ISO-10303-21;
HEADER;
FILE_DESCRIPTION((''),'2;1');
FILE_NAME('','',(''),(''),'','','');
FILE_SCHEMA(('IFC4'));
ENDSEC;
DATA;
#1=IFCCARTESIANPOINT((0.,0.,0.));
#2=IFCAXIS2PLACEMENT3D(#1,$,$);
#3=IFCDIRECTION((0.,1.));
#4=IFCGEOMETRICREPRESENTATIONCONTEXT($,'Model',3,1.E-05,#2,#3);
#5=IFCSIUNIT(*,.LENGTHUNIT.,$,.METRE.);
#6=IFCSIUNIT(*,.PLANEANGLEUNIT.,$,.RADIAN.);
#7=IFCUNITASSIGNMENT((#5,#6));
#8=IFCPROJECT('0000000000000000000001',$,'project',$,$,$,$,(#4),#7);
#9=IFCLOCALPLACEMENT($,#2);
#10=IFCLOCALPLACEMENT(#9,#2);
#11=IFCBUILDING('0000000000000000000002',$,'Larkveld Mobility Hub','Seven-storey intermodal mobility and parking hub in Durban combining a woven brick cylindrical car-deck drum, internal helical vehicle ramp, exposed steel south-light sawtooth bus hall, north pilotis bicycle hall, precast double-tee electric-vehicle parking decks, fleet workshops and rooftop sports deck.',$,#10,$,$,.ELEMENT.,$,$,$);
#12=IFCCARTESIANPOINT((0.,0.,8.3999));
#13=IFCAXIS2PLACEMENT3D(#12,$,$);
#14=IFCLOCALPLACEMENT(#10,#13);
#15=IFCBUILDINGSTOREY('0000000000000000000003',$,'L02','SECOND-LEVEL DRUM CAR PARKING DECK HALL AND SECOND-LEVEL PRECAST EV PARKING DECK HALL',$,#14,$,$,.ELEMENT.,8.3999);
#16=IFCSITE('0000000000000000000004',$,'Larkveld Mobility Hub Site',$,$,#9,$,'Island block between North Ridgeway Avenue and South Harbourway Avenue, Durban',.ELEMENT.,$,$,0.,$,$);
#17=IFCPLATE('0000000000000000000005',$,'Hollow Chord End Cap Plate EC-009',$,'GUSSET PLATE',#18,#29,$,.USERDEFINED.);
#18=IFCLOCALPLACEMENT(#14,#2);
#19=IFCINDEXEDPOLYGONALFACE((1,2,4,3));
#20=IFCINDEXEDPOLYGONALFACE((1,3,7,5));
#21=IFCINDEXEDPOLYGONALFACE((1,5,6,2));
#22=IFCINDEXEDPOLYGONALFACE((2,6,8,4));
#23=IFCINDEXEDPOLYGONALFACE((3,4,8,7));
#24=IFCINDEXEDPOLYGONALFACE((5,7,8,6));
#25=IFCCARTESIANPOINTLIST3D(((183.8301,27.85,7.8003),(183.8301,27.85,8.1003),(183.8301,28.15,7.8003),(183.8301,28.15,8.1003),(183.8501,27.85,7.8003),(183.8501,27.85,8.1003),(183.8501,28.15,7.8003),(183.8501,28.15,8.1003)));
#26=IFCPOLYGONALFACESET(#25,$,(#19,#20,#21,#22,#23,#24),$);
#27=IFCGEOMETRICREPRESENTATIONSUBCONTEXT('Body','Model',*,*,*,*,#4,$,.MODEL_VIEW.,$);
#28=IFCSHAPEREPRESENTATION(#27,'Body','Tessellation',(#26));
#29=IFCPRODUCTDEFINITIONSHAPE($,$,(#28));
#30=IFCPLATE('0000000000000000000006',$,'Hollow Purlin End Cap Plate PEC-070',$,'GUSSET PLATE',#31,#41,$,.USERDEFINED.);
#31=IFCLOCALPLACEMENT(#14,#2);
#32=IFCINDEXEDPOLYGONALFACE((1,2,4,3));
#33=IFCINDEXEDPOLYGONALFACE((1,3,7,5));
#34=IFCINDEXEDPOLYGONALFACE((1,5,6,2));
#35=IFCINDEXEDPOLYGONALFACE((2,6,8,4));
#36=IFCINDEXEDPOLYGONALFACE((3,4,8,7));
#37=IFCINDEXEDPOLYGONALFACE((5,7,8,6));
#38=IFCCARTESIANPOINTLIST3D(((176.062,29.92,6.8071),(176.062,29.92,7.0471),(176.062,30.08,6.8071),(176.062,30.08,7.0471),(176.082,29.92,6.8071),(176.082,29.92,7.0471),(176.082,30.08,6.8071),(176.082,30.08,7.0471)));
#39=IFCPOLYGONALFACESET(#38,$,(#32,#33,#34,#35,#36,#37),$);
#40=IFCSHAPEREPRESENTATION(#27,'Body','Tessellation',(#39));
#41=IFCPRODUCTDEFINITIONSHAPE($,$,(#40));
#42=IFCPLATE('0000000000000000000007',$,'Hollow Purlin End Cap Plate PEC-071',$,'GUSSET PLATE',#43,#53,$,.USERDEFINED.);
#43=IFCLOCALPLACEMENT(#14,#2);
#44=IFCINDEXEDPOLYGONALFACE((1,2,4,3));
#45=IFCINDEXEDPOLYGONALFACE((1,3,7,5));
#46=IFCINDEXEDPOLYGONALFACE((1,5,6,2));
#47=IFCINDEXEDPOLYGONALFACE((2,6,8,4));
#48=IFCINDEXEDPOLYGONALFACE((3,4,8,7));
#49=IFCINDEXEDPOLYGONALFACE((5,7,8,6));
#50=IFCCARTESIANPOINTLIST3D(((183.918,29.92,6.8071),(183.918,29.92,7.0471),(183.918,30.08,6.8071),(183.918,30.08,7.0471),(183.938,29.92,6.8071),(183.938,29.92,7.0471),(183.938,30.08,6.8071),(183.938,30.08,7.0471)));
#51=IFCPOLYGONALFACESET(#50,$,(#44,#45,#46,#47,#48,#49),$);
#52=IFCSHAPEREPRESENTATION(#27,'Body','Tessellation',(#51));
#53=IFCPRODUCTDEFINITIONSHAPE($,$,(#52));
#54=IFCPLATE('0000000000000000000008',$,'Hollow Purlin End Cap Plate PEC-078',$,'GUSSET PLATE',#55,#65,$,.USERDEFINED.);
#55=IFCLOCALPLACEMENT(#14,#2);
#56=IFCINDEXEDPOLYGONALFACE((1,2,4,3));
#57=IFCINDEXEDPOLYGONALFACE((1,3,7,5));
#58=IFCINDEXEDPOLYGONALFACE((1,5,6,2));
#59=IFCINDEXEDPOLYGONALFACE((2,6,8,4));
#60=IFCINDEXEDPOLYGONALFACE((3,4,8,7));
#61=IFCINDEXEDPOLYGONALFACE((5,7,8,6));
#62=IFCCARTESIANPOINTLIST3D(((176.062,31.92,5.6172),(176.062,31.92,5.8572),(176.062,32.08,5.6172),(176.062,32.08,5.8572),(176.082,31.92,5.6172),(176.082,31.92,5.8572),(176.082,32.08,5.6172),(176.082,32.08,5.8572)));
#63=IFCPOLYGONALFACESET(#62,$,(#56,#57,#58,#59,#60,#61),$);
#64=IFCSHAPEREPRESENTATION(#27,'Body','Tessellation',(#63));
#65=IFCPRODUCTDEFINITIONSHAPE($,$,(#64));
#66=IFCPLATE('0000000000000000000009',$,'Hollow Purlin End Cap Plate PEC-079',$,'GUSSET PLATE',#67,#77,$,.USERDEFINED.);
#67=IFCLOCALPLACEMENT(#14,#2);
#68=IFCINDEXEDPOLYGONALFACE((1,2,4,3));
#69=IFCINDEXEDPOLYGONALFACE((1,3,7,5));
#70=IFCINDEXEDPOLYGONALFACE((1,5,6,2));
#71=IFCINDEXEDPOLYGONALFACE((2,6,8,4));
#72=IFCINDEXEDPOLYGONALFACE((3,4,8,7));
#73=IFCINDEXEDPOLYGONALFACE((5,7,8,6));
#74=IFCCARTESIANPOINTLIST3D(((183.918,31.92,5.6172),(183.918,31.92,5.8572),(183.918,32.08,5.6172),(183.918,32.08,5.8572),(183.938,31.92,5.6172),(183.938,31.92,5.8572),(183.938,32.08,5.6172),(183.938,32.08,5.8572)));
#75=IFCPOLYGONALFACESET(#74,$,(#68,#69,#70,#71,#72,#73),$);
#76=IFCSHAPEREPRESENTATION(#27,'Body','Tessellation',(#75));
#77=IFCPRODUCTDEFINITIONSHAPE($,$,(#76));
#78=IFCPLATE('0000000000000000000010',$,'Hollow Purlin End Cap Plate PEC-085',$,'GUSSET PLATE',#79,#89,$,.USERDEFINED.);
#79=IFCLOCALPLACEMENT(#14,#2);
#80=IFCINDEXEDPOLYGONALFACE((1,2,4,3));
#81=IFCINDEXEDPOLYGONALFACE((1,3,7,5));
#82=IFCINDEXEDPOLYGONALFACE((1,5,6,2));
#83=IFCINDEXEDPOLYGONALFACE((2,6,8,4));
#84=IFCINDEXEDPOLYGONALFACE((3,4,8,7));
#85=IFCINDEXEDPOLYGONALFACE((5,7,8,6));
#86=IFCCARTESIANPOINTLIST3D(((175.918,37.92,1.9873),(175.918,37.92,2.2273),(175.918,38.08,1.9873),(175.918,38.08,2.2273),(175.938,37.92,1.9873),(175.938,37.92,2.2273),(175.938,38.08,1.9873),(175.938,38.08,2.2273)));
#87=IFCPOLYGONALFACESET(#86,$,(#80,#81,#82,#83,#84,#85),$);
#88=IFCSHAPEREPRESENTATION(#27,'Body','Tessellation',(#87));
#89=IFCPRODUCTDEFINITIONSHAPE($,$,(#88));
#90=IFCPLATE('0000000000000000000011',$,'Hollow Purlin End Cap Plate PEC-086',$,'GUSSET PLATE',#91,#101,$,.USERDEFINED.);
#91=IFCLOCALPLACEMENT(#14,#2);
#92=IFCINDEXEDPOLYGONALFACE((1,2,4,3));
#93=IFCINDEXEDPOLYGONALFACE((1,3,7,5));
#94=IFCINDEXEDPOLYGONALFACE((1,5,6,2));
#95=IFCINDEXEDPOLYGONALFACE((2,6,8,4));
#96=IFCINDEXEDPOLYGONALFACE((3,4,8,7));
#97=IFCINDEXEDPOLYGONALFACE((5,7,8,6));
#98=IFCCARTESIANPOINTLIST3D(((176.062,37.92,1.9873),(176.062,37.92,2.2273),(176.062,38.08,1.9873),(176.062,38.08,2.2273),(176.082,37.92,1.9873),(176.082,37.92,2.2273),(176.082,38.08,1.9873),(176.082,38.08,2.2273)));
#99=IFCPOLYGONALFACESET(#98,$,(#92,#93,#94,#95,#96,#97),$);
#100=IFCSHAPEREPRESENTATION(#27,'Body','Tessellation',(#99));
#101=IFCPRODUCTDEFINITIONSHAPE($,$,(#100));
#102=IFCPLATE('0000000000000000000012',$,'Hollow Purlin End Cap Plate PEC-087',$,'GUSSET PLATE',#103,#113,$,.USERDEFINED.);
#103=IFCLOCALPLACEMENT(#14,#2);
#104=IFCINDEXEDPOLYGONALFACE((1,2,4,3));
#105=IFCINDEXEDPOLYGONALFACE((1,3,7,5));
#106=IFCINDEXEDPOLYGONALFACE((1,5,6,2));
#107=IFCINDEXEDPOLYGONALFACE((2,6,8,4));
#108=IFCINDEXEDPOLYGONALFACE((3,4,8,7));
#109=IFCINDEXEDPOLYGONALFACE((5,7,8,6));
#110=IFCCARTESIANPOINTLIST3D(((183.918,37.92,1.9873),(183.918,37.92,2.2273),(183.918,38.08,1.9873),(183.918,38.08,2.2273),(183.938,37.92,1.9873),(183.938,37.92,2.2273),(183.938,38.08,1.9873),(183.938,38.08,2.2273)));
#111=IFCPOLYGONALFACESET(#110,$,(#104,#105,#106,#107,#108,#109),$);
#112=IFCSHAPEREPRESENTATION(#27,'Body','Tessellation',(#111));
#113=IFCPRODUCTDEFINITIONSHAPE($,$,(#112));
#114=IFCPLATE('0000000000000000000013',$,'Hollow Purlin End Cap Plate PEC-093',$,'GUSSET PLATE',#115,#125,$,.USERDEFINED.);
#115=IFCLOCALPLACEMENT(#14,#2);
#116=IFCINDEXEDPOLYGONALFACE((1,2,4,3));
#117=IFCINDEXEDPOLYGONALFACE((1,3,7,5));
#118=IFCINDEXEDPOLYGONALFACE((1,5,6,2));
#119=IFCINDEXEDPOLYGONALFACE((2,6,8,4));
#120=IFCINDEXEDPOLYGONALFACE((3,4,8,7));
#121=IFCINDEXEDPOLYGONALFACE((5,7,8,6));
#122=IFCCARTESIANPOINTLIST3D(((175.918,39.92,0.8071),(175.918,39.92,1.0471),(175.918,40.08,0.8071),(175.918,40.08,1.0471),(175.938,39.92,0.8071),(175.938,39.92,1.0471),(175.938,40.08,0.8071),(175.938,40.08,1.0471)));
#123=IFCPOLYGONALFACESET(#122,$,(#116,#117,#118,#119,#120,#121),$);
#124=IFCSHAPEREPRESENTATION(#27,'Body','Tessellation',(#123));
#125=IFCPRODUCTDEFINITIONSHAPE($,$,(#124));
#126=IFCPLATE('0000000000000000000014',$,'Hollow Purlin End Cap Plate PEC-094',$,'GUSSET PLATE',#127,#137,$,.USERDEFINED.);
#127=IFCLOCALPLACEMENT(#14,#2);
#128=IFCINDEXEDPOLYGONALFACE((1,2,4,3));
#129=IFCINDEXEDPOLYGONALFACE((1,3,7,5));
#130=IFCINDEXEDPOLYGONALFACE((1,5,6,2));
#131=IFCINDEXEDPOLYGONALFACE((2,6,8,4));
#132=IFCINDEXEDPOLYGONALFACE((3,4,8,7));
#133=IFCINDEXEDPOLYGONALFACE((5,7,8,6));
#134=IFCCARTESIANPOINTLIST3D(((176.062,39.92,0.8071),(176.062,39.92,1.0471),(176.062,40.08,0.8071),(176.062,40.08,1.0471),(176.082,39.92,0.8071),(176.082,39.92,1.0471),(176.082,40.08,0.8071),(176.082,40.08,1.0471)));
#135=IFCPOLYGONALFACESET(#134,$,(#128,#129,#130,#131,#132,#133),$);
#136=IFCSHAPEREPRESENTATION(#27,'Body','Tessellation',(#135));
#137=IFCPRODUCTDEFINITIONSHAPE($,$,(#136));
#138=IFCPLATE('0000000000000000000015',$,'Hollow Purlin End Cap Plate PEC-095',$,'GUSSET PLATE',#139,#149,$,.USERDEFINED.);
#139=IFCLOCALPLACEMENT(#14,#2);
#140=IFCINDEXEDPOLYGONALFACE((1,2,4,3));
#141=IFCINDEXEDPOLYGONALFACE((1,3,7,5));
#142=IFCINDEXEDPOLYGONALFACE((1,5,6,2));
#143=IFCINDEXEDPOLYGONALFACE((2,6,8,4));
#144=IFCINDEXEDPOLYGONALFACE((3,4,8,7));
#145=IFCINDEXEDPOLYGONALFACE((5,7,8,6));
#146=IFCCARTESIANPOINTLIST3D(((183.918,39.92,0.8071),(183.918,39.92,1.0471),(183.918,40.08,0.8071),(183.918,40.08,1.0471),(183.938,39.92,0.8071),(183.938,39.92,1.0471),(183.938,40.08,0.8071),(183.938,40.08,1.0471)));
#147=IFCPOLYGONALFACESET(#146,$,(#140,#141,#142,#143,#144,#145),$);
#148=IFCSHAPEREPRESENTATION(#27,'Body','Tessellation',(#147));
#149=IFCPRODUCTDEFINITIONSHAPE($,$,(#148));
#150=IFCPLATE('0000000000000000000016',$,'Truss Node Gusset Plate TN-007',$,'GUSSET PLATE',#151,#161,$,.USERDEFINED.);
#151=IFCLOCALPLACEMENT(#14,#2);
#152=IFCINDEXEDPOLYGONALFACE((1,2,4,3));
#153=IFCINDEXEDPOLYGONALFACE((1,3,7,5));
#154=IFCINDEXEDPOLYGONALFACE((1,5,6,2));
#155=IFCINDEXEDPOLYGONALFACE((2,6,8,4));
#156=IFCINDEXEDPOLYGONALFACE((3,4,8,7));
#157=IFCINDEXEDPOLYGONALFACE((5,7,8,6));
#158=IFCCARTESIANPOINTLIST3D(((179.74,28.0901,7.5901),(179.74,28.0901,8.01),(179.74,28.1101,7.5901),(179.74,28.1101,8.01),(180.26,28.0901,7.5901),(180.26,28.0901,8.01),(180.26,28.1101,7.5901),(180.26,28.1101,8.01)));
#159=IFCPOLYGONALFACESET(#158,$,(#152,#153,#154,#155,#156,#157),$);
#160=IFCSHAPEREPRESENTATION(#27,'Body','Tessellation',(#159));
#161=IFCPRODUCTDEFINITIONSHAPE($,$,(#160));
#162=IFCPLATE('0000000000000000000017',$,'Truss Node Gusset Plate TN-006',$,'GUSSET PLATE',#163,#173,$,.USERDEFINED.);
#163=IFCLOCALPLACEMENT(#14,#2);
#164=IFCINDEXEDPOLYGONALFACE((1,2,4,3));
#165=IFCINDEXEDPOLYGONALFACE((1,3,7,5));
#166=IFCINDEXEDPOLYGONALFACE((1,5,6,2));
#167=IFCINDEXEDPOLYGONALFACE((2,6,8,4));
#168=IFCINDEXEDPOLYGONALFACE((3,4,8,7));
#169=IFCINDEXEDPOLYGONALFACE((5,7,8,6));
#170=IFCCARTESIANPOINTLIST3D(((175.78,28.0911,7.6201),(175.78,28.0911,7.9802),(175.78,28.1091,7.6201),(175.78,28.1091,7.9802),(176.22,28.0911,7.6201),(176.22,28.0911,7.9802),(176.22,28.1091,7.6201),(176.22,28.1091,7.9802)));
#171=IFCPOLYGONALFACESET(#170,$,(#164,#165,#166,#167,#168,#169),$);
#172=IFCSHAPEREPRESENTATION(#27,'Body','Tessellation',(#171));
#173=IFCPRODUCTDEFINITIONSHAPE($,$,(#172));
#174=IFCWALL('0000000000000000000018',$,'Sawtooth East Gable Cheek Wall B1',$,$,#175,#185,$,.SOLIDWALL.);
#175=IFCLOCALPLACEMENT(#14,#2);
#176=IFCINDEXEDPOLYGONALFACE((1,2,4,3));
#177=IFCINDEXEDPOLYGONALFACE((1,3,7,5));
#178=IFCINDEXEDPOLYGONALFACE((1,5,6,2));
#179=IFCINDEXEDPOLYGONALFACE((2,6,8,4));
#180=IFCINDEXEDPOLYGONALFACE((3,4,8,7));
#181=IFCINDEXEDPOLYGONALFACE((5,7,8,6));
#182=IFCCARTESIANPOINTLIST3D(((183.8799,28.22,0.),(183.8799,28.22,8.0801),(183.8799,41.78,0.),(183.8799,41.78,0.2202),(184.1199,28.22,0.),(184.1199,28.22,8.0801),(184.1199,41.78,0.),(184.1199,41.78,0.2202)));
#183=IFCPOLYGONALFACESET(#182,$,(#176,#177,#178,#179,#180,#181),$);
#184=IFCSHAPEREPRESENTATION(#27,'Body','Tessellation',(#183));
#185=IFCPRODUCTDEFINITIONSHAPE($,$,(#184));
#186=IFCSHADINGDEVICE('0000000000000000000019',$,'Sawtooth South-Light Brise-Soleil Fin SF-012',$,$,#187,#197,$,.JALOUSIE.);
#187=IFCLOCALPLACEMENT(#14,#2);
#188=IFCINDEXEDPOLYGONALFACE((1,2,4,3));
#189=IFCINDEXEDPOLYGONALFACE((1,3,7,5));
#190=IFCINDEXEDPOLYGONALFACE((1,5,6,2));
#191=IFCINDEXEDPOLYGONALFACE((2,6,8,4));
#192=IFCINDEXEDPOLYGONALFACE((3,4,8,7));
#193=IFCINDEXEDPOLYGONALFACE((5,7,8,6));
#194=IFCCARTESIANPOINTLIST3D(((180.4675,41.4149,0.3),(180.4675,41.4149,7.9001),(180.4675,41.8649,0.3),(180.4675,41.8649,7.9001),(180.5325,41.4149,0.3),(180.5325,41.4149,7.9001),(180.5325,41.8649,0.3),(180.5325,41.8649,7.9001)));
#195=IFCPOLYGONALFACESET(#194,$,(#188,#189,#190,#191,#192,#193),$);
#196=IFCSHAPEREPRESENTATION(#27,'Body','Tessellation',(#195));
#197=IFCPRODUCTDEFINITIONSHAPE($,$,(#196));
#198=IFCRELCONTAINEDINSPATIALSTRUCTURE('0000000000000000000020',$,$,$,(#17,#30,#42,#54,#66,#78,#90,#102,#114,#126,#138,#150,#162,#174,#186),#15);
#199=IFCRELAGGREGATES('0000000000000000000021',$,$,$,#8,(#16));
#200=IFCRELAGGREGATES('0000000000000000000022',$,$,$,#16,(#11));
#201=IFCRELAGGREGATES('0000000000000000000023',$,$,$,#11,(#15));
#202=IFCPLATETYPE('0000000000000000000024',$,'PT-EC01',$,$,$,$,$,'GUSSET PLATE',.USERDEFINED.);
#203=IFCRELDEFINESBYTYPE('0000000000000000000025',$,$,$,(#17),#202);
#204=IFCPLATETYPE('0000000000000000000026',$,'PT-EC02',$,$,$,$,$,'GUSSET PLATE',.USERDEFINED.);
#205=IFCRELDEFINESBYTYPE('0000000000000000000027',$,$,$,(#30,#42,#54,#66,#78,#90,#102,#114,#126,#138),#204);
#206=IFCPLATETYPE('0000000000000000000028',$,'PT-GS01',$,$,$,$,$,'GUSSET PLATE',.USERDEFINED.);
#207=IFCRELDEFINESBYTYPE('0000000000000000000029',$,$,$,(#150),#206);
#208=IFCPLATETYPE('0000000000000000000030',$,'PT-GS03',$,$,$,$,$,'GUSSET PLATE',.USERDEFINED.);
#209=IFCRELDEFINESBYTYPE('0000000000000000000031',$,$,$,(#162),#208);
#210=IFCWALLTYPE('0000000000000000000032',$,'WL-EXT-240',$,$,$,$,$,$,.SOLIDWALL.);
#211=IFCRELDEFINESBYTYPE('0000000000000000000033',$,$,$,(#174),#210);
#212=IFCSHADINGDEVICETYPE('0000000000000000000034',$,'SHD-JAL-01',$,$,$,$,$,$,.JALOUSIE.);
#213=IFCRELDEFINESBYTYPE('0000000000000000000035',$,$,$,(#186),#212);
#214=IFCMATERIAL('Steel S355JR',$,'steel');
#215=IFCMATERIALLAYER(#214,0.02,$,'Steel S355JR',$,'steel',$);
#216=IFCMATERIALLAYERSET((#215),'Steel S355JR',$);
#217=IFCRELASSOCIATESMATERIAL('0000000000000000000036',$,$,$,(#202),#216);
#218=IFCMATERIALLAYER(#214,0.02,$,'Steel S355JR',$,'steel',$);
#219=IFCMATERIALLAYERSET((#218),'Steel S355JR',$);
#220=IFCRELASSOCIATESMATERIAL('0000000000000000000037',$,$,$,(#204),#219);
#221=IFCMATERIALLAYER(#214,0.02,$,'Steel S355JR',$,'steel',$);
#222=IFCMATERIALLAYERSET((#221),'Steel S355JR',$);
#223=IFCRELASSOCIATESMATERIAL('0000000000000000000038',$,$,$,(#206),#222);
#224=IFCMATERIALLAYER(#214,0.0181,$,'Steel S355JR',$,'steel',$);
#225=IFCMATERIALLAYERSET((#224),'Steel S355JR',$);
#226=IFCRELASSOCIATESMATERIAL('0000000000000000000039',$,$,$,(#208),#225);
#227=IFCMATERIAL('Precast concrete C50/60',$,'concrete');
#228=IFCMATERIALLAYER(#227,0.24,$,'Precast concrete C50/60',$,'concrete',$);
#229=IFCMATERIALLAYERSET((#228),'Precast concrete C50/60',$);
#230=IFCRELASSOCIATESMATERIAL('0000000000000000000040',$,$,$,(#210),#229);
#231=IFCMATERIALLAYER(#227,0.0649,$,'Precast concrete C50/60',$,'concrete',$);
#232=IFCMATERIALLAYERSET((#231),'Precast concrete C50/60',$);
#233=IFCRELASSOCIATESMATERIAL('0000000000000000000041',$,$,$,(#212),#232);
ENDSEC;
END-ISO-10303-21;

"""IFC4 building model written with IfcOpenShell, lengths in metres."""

from ifc_helpers import new_model, si_unit, direction, frame, origin, origin_2d, place, context, subcontext, project, spatial, polyline, rectangle, outline, extrude, material, layer, layer_set, type_object, element, save


model = new_model("IFC4")

# Units and contexts
model_context = context("Model", 3, precision=1e-05, world=origin(), true_north=direction((0.0, 1.0)))
body_context = subcontext(model_context, "Body", "Model", "MODEL_VIEW")
ifc_project = project(units=[si_unit("LENGTHUNIT", "METRE"), si_unit("PLANEANGLEUNIT", "RADIAN")], contexts=[model_context])

# Site, building, storey
site_placement = place(None, origin())
site = spatial("IfcSite", under=ifc_project, at=site_placement, Name="Larkveld Mobility Hub Site", LongName="Island block between North Ridgeway Avenue and South Harbourway Avenue, Durban", CompositionType="ELEMENT", RefElevation=0.0)
building_placement = place(site_placement, origin())
building = spatial("IfcBuilding", under=site, at=building_placement, Name="Larkveld Mobility Hub", Description="Seven-storey intermodal mobility and parking hub in Durban combining a woven brick cylindrical car-deck drum, internal helical vehicle ramp, exposed steel south-light sawtooth bus hall, north pilotis bicycle hall, precast double-tee electric-vehicle parking decks, fleet workshops and rooftop sports deck.", CompositionType="ELEMENT")
storey_placement = place(building_placement, frame((0.0, 0.0, 8.3999)))
storey = spatial("IfcBuildingStorey", under=building, at=storey_placement, Name="L02", Description="SECOND-LEVEL DRUM CAR PARKING DECK HALL AND SECOND-LEVEL PRECAST EV PARKING DECK HALL", CompositionType="ELEMENT", Elevation=8.3999)

# Shared definitions
ifc_material_1 = material(Name="Steel S355JR", Category="steel")

# Plates
ifc_layer_1 = layer(ifc_material_1, 0.02, Name="Steel S355JR", Category="steel")
ifc_layer_set_1 = layer_set([ifc_layer_1], Name="Steel S355JR")
plate_type_1 = type_object("IfcPlateType", Name="PT-EC01", ElementType="GUSSET PLATE", PredefinedType="USERDEFINED", material=ifc_layer_set_1)
plate_1_placement = place(storey_placement, frame((183.8401, 28.0, 7.8003), z_axis=(0.0, 0.0, 1.0), x_axis=(1.0, 0.0, 0.0)))
element("IfcPlate", 1, at=plate_1_placement, inside=storey, type_object=plate_type_1, Name="Hollow Chord End Cap Plate EC-009", ObjectType="GUSSET PLATE", PredefinedType="USERDEFINED", context=body_context, shape_type="SweptSolid", body=[
    extrude(rectangle(XDim=0.02, YDim=0.3, at=origin_2d()), origin(), (0.0, 0.0, 1.0), 0.3),
])
ifc_layer_2 = layer(ifc_material_1, 0.02, Name="Steel S355JR", Category="steel")
ifc_layer_set_2 = layer_set([ifc_layer_2], Name="Steel S355JR")
plate_type_2 = type_object("IfcPlateType", Name="PT-EC02", ElementType="GUSSET PLATE", PredefinedType="USERDEFINED", material=ifc_layer_set_2)
for number, where, z_axis, x_axis, name in (
    (2, (176.072, 30.0, 6.8071), (0.0, 0.0, 1.0), (1.0, 0.0, 0.0), "Hollow Purlin End Cap Plate PEC-070"),
    (3, (183.928, 30.0, 6.8071), (0.0, 0.0, 1.0), (1.0, 0.0, 0.0), "Hollow Purlin End Cap Plate PEC-071"),
    (4, (176.072, 32.0, 5.6172), (0.0, 0.0, 1.0), (1.0, 0.0, 0.0), "Hollow Purlin End Cap Plate PEC-078"),
    (5, (183.928, 32.0, 5.6172), (0.0, 0.0, 1.0), (1.0, 0.0, 0.0), "Hollow Purlin End Cap Plate PEC-079"),
    (6, (175.928, 38.0, 1.9873), (0.0, 0.0, 1.0), (1.0, 0.0, 0.0), "Hollow Purlin End Cap Plate PEC-085"),
    (7, (176.072, 38.0, 1.9873), (0.0, 0.0, 1.0), (1.0, 0.0, 0.0), "Hollow Purlin End Cap Plate PEC-086"),
    (8, (183.928, 38.0, 1.9873), (0.0, 0.0, 1.0), (1.0, 0.0, 0.0), "Hollow Purlin End Cap Plate PEC-087"),
    (9, (175.928, 40.0, 0.8071), (0.0, 0.0, 1.0), (1.0, 0.0, 0.0), "Hollow Purlin End Cap Plate PEC-093"),
    (10, (176.072, 40.0, 0.8071), (0.0, 0.0, 1.0), (1.0, 0.0, 0.0), "Hollow Purlin End Cap Plate PEC-094"),
    (11, (183.928, 40.0, 0.8071), (0.0, 0.0, 1.0), (1.0, 0.0, 0.0), "Hollow Purlin End Cap Plate PEC-095"),
):
    element("IfcPlate", number, at=place(storey_placement, frame(where, z_axis=z_axis, x_axis=x_axis)), inside=storey, type_object=plate_type_2, Name=name, ObjectType="GUSSET PLATE", PredefinedType="USERDEFINED", context=body_context, shape_type="SweptSolid", body=[
        extrude(rectangle(XDim=0.02, YDim=0.1599, at=origin_2d()), origin(), (0.0, 0.0, 1.0), 0.24),
    ])
ifc_layer_3 = layer(ifc_material_1, 0.02, Name="Steel S355JR", Category="steel")
ifc_layer_set_3 = layer_set([ifc_layer_3], Name="Steel S355JR")
plate_type_3 = type_object("IfcPlateType", Name="PT-GS01", ElementType="GUSSET PLATE", PredefinedType="USERDEFINED", material=ifc_layer_set_3)
plate_2_placement = place(storey_placement, frame((180.0, 28.1001, 7.5901), z_axis=(0.0, 0.0, 1.0), x_axis=(1.0, 0.0, 0.0)))
element("IfcPlate", 12, at=plate_2_placement, inside=storey, type_object=plate_type_3, Name="Truss Node Gusset Plate TN-007", ObjectType="GUSSET PLATE", PredefinedType="USERDEFINED", context=body_context, shape_type="SweptSolid", body=[
    extrude(rectangle(XDim=0.52, YDim=0.02, at=origin_2d()), origin(), (0.0, 0.0, 1.0), 0.4199),
])
ifc_layer_4 = layer(ifc_material_1, 0.0181, Name="Steel S355JR", Category="steel")
ifc_layer_set_4 = layer_set([ifc_layer_4], Name="Steel S355JR")
plate_type_4 = type_object("IfcPlateType", Name="PT-GS03", ElementType="GUSSET PLATE", PredefinedType="USERDEFINED", material=ifc_layer_set_4)
plate_3_placement = place(storey_placement, frame((176.0, 28.1001, 7.6201), z_axis=(0.0, 0.0, 1.0), x_axis=(1.0, 0.0, 0.0)))
element("IfcPlate", 13, at=plate_3_placement, inside=storey, type_object=plate_type_4, Name="Truss Node Gusset Plate TN-006", ObjectType="GUSSET PLATE", PredefinedType="USERDEFINED", context=body_context, shape_type="SweptSolid", body=[
    extrude(rectangle(XDim=0.4399, YDim=0.0181, at=origin_2d()), origin(), (0.0, 0.0, 1.0), 0.3601),
])

# Wall
ifc_material_2 = material(Name="Precast concrete C50/60", Category="concrete")
ifc_layer_5 = layer(ifc_material_2, 0.24, Name="Precast concrete C50/60", Category="concrete")
ifc_layer_set_5 = layer_set([ifc_layer_5], Name="Precast concrete C50/60")
wall_type = type_object("IfcWallType", Name="WL-EXT-240", PredefinedType="SOLIDWALL", material=ifc_layer_set_5)
wall_placement = place(storey_placement, frame((184.0, 28.22, 0.0), z_axis=(0.0, 0.0, 1.0), x_axis=(0.0, 1.0, 0.0)))
element("IfcWall", 14, at=wall_placement, inside=storey, type_object=wall_type, Name="Sawtooth East Gable Cheek Wall B1", PredefinedType="SOLIDWALL", context=body_context, shape_type="SweptSolid", body=[
    extrude(outline(polyline([(0.0, 0.0), (13.5601, 0.0), (13.5601, 0.2202), (0.0, 8.0801), (0.0, 0.0)])), frame((0.0, 0.1201, 0.0), z_axis=(0.0, -1.0, 0.0), x_axis=(1.0, 0.0, 0.0)), (0.0, 0.0, 1.0), 0.24),
])

# Shading device
ifc_layer_6 = layer(ifc_material_2, 0.0649, Name="Precast concrete C50/60", Category="concrete")
ifc_layer_set_6 = layer_set([ifc_layer_6], Name="Precast concrete C50/60")
shading_device_type = type_object("IfcShadingDeviceType", Name="SHD-JAL-01", PredefinedType="JALOUSIE", material=ifc_layer_set_6)
shading_device_placement = place(storey_placement, frame((180.5, 41.6399, 0.3), z_axis=(0.0, 0.0, 1.0), x_axis=(1.0, 0.0, 0.0)))
element("IfcShadingDevice", 15, at=shading_device_placement, inside=storey, type_object=shading_device_type, Name="Sawtooth South-Light Brise-Soleil Fin SF-012", PredefinedType="JALOUSIE", context=body_context, shape_type="SweptSolid", body=[
    extrude(rectangle(XDim=0.0649, YDim=0.45, at=origin_2d()), origin(), (0.0, 0.0, 1.0), 7.6001),
])

save(model, "model.ifc")
